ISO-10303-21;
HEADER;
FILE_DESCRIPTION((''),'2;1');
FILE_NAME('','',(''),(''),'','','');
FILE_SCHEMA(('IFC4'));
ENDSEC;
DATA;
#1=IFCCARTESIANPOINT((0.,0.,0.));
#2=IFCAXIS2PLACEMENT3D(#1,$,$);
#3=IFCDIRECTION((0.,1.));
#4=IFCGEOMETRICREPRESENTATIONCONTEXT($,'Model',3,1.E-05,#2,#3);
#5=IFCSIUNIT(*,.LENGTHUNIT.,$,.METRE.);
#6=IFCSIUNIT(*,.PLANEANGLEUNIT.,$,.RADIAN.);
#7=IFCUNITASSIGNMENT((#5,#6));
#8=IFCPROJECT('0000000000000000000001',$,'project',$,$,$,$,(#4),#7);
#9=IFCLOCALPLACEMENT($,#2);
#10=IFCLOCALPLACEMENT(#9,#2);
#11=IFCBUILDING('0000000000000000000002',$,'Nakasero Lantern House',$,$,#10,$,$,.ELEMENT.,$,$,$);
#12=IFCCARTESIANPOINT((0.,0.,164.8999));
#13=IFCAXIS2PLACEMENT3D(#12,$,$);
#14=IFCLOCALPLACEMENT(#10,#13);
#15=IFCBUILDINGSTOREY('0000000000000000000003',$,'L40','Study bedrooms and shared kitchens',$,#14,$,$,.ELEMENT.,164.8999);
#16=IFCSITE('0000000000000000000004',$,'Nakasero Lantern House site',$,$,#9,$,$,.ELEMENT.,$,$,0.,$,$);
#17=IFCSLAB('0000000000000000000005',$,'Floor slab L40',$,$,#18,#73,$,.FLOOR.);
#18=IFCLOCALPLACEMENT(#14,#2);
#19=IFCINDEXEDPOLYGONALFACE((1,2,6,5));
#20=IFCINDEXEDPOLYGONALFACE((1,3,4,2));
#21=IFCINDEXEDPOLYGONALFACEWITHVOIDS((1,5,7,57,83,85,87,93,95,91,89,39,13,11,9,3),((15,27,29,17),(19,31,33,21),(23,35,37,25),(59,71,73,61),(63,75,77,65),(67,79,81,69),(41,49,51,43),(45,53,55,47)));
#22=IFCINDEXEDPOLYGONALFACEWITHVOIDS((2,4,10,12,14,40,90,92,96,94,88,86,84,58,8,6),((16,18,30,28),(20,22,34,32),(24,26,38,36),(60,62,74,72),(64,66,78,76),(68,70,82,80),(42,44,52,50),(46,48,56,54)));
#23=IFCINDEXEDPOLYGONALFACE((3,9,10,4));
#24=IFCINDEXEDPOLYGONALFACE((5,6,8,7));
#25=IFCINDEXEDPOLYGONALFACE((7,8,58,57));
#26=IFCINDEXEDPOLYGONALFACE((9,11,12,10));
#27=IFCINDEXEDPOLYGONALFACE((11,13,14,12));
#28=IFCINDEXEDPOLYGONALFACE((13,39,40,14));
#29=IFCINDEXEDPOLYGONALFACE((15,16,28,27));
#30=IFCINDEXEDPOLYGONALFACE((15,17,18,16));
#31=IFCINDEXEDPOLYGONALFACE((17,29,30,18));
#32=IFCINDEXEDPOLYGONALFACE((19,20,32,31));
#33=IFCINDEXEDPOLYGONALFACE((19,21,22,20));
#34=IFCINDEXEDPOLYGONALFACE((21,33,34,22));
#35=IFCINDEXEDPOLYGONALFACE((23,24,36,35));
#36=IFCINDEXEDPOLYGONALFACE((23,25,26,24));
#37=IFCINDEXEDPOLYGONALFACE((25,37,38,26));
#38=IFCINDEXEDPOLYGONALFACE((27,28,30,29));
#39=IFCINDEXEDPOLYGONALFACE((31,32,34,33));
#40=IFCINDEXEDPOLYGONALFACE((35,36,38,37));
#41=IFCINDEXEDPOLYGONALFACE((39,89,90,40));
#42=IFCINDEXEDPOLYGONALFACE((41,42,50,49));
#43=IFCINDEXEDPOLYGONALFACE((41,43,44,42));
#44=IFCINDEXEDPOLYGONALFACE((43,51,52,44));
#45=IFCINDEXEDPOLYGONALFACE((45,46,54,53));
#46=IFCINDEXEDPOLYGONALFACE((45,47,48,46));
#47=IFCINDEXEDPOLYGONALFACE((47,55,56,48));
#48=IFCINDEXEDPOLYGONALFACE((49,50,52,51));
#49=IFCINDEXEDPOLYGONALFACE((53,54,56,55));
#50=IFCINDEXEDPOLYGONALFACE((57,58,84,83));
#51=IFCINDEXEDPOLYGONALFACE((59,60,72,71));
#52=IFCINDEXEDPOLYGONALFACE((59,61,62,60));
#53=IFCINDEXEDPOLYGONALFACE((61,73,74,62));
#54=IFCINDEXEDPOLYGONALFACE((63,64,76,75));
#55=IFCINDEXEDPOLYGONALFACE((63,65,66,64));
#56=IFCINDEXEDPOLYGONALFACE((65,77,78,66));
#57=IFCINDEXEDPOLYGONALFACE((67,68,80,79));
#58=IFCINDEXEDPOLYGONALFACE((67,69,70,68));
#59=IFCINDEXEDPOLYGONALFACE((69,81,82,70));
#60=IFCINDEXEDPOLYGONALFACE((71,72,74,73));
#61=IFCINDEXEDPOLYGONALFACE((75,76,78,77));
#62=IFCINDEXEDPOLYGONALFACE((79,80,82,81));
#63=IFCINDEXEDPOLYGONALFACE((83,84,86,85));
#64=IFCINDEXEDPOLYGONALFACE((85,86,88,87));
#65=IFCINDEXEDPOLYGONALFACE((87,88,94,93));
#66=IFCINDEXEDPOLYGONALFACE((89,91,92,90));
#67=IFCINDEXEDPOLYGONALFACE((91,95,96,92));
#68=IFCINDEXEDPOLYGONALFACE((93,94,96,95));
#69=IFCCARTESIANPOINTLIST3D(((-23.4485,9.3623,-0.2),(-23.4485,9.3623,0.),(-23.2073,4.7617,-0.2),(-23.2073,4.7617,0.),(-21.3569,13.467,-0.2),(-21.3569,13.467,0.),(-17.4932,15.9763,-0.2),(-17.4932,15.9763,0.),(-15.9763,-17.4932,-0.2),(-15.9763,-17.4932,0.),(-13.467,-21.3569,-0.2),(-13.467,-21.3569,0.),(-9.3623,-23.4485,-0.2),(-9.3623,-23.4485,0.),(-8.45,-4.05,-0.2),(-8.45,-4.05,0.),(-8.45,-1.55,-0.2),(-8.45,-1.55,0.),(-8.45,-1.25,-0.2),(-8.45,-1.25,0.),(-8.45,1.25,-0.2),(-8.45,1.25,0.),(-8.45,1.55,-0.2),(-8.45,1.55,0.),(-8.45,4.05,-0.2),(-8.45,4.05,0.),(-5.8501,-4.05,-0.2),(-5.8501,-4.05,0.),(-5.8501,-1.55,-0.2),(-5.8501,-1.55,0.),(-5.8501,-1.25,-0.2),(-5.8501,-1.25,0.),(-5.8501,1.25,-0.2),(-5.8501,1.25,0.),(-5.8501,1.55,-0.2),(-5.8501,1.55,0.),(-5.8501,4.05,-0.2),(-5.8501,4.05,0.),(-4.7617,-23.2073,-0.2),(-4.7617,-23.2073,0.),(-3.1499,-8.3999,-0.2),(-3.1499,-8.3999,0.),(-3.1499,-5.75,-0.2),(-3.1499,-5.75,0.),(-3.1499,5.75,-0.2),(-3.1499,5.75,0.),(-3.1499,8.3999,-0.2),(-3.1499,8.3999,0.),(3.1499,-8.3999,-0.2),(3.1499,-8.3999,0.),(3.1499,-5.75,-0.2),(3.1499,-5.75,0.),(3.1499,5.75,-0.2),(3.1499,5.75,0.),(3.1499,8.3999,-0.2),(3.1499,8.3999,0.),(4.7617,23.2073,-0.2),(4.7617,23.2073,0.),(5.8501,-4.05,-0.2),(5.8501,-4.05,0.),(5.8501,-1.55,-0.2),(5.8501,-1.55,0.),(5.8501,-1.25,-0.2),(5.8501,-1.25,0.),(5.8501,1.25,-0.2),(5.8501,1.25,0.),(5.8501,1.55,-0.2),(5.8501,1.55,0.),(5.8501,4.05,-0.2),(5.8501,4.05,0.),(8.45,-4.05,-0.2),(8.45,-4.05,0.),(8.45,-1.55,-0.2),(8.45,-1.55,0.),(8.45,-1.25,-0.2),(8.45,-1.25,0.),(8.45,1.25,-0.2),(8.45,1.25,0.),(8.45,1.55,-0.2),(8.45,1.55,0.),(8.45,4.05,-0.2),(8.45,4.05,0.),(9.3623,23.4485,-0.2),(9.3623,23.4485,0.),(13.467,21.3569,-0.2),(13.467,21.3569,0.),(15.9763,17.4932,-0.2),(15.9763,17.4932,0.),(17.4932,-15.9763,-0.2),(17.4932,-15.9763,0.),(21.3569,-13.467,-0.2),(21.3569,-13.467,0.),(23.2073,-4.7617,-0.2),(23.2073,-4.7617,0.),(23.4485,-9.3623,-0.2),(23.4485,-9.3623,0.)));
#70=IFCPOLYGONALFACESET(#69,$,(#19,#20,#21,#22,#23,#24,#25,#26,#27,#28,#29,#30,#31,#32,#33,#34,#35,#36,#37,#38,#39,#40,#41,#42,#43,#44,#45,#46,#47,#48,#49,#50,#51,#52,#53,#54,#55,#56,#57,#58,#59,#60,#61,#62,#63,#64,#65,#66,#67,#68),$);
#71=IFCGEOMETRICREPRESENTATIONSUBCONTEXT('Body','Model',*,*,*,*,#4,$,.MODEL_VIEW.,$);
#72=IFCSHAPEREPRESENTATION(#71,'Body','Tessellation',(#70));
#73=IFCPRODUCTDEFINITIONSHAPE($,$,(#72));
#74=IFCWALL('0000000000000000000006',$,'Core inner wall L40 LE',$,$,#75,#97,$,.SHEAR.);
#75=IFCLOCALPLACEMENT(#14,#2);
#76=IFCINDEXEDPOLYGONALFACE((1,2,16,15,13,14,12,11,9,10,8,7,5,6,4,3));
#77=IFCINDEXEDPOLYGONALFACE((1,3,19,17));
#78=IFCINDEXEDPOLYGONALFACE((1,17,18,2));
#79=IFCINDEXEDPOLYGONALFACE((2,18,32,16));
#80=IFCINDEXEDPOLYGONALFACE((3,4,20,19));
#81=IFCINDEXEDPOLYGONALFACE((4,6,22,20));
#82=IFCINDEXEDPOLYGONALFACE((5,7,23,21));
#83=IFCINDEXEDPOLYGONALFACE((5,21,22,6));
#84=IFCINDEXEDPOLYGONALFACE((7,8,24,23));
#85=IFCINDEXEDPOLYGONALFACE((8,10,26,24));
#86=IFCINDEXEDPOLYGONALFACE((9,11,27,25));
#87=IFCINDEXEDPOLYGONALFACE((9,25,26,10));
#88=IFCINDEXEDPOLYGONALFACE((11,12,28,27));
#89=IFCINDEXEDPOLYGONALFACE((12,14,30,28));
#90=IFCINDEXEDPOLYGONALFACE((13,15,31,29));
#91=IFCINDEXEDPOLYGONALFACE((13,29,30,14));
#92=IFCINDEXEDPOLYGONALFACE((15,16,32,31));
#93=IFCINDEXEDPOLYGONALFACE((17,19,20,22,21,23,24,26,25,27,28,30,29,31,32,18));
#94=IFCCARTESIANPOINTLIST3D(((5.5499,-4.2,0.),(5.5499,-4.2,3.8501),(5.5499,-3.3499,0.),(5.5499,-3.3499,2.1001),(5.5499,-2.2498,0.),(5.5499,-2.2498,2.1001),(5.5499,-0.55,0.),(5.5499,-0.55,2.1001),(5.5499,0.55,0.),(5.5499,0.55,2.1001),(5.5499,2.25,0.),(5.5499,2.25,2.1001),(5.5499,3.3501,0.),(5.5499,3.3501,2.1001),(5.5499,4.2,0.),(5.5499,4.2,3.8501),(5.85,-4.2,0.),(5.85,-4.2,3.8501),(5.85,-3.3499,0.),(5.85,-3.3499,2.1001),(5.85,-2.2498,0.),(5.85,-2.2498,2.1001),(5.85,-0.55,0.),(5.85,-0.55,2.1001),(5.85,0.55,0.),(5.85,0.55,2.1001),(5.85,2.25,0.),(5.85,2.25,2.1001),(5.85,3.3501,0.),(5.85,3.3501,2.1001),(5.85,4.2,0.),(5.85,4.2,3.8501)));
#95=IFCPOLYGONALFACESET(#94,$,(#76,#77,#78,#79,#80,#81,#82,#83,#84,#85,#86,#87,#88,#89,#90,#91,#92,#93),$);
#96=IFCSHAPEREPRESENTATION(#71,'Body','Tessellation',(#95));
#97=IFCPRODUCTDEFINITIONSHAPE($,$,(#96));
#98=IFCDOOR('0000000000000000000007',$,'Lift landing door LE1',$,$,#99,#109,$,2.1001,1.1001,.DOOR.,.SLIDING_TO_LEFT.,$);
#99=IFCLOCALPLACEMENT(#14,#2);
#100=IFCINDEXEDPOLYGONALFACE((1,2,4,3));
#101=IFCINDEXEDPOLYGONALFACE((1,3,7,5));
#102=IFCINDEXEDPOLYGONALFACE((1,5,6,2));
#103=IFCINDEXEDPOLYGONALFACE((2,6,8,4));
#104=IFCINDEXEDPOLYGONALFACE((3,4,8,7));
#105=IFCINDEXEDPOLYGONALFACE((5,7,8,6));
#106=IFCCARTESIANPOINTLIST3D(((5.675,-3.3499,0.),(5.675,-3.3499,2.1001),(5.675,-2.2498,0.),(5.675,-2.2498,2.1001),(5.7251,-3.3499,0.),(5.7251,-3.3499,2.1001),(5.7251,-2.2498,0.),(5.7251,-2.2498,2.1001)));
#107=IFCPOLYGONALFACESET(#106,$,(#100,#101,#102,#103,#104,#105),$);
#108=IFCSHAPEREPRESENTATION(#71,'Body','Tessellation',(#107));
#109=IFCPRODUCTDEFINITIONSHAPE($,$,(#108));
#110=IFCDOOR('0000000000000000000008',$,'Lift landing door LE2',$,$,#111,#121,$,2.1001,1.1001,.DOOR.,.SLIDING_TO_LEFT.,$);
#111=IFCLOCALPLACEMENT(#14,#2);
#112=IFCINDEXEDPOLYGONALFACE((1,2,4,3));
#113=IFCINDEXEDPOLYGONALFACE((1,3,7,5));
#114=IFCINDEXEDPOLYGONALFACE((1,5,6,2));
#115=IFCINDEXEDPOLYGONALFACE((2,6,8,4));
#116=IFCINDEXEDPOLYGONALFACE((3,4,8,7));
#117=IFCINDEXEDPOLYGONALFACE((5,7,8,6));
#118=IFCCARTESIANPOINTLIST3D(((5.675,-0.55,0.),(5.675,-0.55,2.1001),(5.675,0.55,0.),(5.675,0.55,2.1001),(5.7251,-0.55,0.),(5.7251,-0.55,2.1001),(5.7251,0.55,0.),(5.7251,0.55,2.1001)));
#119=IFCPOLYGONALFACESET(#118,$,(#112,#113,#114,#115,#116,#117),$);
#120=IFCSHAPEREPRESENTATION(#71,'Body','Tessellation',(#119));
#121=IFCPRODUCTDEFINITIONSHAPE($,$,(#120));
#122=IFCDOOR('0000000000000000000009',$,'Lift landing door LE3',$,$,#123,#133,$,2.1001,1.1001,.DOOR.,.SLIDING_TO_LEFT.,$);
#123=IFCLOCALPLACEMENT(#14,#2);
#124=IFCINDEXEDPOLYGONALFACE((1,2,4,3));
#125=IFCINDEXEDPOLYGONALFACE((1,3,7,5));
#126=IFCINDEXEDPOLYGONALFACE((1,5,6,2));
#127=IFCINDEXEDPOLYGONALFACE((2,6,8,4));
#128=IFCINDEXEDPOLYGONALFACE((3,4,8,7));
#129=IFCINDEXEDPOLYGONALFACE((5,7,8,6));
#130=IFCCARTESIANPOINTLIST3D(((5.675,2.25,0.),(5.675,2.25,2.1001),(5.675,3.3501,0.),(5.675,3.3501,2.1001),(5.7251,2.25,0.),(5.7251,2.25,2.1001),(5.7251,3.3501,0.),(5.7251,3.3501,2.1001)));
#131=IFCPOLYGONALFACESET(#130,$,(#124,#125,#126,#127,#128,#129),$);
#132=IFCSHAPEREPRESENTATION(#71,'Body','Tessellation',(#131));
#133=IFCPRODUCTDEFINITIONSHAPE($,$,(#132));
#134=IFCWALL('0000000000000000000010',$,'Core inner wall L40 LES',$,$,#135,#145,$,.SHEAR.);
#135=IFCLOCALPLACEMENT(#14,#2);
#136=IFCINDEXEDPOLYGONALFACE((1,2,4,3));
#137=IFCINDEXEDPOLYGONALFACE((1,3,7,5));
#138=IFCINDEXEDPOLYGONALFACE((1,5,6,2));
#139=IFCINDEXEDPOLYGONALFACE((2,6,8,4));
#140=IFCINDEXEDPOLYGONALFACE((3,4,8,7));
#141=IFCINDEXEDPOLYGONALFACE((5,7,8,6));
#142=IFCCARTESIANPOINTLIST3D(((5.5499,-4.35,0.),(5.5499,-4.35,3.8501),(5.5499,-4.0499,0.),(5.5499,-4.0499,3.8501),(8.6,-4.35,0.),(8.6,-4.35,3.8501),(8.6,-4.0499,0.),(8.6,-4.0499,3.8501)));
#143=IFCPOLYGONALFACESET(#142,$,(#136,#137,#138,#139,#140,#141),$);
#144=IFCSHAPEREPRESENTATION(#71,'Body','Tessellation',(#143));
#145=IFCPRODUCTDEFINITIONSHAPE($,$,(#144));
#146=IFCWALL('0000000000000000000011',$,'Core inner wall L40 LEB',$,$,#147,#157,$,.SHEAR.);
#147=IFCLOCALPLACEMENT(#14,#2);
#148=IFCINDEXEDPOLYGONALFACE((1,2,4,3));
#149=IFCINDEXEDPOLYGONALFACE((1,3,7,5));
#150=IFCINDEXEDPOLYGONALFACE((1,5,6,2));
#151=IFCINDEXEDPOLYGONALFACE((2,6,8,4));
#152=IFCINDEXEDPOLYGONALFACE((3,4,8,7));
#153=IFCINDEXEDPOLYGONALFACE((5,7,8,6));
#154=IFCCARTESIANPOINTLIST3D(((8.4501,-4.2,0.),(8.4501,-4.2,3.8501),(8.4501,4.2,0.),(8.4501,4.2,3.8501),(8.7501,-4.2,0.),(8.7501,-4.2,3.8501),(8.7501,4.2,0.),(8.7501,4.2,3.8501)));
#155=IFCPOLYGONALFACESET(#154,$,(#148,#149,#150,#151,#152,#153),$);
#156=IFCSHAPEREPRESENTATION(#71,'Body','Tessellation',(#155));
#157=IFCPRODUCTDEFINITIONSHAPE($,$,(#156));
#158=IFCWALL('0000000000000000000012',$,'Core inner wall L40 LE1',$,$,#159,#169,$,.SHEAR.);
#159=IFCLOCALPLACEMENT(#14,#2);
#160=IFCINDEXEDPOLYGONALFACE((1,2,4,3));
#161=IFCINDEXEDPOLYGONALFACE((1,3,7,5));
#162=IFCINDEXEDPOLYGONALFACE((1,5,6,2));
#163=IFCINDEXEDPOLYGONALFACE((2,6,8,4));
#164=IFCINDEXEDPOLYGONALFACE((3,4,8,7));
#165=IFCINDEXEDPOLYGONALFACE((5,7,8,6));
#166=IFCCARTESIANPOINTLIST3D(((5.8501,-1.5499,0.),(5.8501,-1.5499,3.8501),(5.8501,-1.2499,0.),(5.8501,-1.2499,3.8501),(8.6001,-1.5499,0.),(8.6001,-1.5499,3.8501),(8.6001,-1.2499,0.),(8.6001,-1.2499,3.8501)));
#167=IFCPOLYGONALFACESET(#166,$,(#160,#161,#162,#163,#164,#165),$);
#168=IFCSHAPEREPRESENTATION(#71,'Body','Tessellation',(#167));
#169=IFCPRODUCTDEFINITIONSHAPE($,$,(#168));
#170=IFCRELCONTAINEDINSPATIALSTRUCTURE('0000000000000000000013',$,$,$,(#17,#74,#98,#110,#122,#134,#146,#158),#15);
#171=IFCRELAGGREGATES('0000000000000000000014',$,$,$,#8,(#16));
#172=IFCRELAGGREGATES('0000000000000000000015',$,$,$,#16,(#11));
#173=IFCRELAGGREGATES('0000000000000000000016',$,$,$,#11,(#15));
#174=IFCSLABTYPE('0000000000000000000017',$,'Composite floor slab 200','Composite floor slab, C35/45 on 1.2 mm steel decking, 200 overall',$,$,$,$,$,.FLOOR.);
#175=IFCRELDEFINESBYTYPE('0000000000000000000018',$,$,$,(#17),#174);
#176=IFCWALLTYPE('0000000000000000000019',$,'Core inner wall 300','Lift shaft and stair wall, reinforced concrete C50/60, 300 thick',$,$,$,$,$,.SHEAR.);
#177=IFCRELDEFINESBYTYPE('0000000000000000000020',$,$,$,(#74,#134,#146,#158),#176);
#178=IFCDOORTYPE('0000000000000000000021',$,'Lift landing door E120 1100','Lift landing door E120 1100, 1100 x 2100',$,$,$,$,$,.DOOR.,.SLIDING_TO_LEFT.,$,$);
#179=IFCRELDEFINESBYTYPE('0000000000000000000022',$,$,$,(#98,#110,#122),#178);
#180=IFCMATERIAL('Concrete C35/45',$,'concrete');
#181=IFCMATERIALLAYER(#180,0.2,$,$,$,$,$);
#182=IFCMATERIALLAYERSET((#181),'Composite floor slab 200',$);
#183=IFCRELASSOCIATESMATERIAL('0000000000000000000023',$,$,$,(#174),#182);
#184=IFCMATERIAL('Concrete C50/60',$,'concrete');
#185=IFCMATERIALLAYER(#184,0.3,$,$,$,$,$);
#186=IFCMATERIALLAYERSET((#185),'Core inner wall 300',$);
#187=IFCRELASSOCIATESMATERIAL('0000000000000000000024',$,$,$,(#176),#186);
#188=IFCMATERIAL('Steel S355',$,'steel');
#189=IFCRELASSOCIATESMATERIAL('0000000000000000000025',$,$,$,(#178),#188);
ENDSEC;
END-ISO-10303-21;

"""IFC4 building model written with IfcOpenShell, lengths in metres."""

from ifc_helpers import new_model, si_unit, direction, frame, frame_2d, origin, place, context, subcontext, project, spatial, polyline, rectangle, outline, extrude, material, layer, layer_set, type_object, element, fill, save


model = new_model("IFC4")

# Units and contexts
model_context = context("Model", 3, precision=1e-05, world=origin(), true_north=direction((0.0, 1.0)))
body_context = subcontext(model_context, "Body", "Model", "MODEL_VIEW")
ifc_project = project(units=[si_unit("LENGTHUNIT", "METRE"), si_unit("PLANEANGLEUNIT", "RADIAN")], contexts=[model_context])

# Site, building, storey
site_placement = place(None, origin())
site = spatial("IfcSite", under=ifc_project, at=site_placement, Name="Nakasero Lantern House site", CompositionType="ELEMENT", RefElevation=0.0)
building_placement = place(site_placement, origin())
building = spatial("IfcBuilding", under=site, at=building_placement, Name="Nakasero Lantern House", CompositionType="ELEMENT")
storey_placement = place(building_placement, frame((0.0, 0.0, 164.8999)))
storey = spatial("IfcBuildingStorey", under=building, at=storey_placement, Name="L40", Description="Study bedrooms and shared kitchens", CompositionType="ELEMENT", Elevation=164.8999)

# Slab
ifc_material_1 = material(Name="Concrete C35/45", Category="concrete")
ifc_layer_1 = layer(ifc_material_1, 0.2)
ifc_layer_set_1 = layer_set([ifc_layer_1], Name="Composite floor slab 200")
slab_type_1 = type_object("IfcSlabType", Name="Composite floor slab 200", Description="Composite floor slab, C35/45 on 1.2 mm steel decking, 200 overall", PredefinedType="FLOOR", material=ifc_layer_set_1)
slab_1_placement = place(storey_placement, frame((0.0, 0.0, -0.2)))
element("IfcSlab", 1, at=slab_1_placement, inside=storey, type_object=slab_type_1, Name="Floor slab L40", PredefinedType="FLOOR", context=body_context, shape_type="SweptSolid", body=[
    extrude(outline(polyline([(15.9763, 17.4932), (13.467, 21.3569), (9.3623, 23.4485), (4.7617, 23.2073), (-17.4932, 15.9763), (-21.3569, 13.467), (-23.4485, 9.3623), (-23.2073, 4.7617), (-15.9763, -17.4932), (-13.467, -21.3569), (-9.3623, -23.4485), (-4.7617, -23.2073), (17.4932, -15.9763), (21.3569, -13.467), (23.4485, -9.3623), (23.2073, -4.7617), (15.9763, 17.4932)]), holes=[polyline([(-8.45, -4.05), (-5.8501, -4.05), (-5.8501, -1.55), (-8.45, -1.55), (-8.45, -4.05)]), polyline([(-8.45, -1.25), (-5.8501, -1.25), (-5.8501, 1.25), (-8.45, 1.25), (-8.45, -1.25)]), polyline([(-8.45, 1.55), (-5.8501, 1.55), (-5.8501, 4.05), (-8.45, 4.05), (-8.45, 1.55)]), polyline([(5.8501, -4.05), (8.45, -4.05), (8.45, -1.55), (5.8501, -1.55), (5.8501, -4.05)]), polyline([(5.8501, -1.25), (8.45, -1.25), (8.45, 1.25), (5.8501, 1.25), (5.8501, -1.25)]), polyline([(5.8501, 1.55), (8.45, 1.55), (8.45, 4.05), (5.8501, 4.05), (5.8501, 1.55)]), polyline([(-3.1499, 5.75), (3.1499, 5.75), (3.1499, 8.3999), (-3.1499, 8.3999), (-3.1499, 5.75)]), polyline([(-3.1499, -8.3999), (3.1499, -8.3999), (3.1499, -5.75), (-3.1499, -5.75), (-3.1499, -8.3999)])]), origin(), (0.0, 0.0, 1.0), 0.2),
])

# Wall, openings, doors
ifc_material_2 = material(Name="Concrete C50/60", Category="concrete")
ifc_layer_2 = layer(ifc_material_2, 0.3)
ifc_layer_set_2 = layer_set([ifc_layer_2], Name="Core inner wall 300")
wall_type_1 = type_object("IfcWallType", Name="Core inner wall 300", Description="Lift shaft and stair wall, reinforced concrete C50/60, 300 thick", PredefinedType="SHEAR", material=ifc_layer_set_2)
wall_1_placement = place(storey_placement, frame((5.7, -4.2, 0.0), z_axis=(0.0, 0.0, 1.0), x_axis=(0.0, 1.0, 0.0)))
wall_1 = element("IfcWall", 2, at=wall_1_placement, inside=storey, type_object=wall_type_1, Name="Core inner wall L40 LE", PredefinedType="SHEAR", context=body_context, shape_type="SweptSolid", body=[
    extrude(rectangle(XDim=8.3999, YDim=0.3, at=frame_2d((4.2, 0.0))), origin(), (0.0, 0.0, 1.0), 3.8501),
])
opening_1_placement = place(wall_1_placement, frame((0.8501, 0.0, 0.0)))
opening_1 = element("IfcOpeningElement", 3, at=opening_1_placement, cuts=wall_1, PredefinedType="OPENING", context=body_context, shape_type="SweptSolid", body=[
    extrude(rectangle(XDim=1.1001, YDim=2.1001, at=frame_2d((0.55, 1.05))), frame((0.0, 0.1699, 0.0), z_axis=(0.0, -1.0, 0.0), x_axis=(1.0, 0.0, 0.0)), (0.0, 0.0, 1.0), 0.3401),
])
opening_2_placement = place(wall_1_placement, frame((3.6499, 0.0, 0.0)))
opening_2 = element("IfcOpeningElement", 4, at=opening_2_placement, cuts=wall_1, PredefinedType="OPENING", context=body_context, shape_type="SweptSolid", body=[
    extrude(rectangle(XDim=1.1001, YDim=2.1001, at=frame_2d((0.55, 1.05))), frame((0.0, 0.1699, 0.0), z_axis=(0.0, -1.0, 0.0), x_axis=(1.0, 0.0, 0.0)), (0.0, 0.0, 1.0), 0.3401),
])
opening_3_placement = place(wall_1_placement, frame((6.45, 0.0, 0.0)))
opening_3 = element("IfcOpeningElement", 5, at=opening_3_placement, cuts=wall_1, PredefinedType="OPENING", context=body_context, shape_type="SweptSolid", body=[
    extrude(rectangle(XDim=1.1001, YDim=2.1001, at=frame_2d((0.55, 1.05))), frame((0.0, 0.1699, 0.0), z_axis=(0.0, -1.0, 0.0), x_axis=(1.0, 0.0, 0.0)), (0.0, 0.0, 1.0), 0.3401),
])
ifc_material_3 = material(Name="Steel S355", Category="steel")
door_type_1 = type_object("IfcDoorType", Name="Lift landing door E120 1100", Description="Lift landing door E120 1100, 1100 x 2100", OperationType="SLIDING_TO_LEFT", PredefinedType="DOOR", material=ifc_material_3)
door_1_placement = place(opening_1_placement, origin())
door_1 = element("IfcDoor", 6, at=door_1_placement, inside=storey, type_object=door_type_1, Name="Lift landing door LE1", OperationType="SLIDING_TO_LEFT", OverallHeight=2.1001, OverallWidth=1.1001, PredefinedType="DOOR", context=body_context, shape_type="SweptSolid", body=[
    extrude(rectangle(XDim=1.1001, YDim=2.1001, at=frame_2d((0.55, 1.05))), frame((0.0, 0.0249, 0.0), z_axis=(0.0, -1.0, 0.0), x_axis=(1.0, 0.0, 0.0)), (0.0, 0.0, 1.0), 0.05),
])
fill(opening_1, door_1)
door_2_placement = place(opening_2_placement, origin())
door_2 = element("IfcDoor", 7, at=door_2_placement, inside=storey, type_object=door_type_1, Name="Lift landing door LE2", OperationType="SLIDING_TO_LEFT", OverallHeight=2.1001, OverallWidth=1.1001, PredefinedType="DOOR", context=body_context, shape_type="SweptSolid", body=[
    extrude(rectangle(XDim=1.1001, YDim=2.1001, at=frame_2d((0.55, 1.05))), frame((0.0, 0.0249, 0.0), z_axis=(0.0, -1.0, 0.0), x_axis=(1.0, 0.0, 0.0)), (0.0, 0.0, 1.0), 0.05),
])
fill(opening_2, door_2)
door_3_placement = place(opening_3_placement, origin())
door_3 = element("IfcDoor", 8, at=door_3_placement, inside=storey, type_object=door_type_1, Name="Lift landing door LE3", OperationType="SLIDING_TO_LEFT", OverallHeight=2.1001, OverallWidth=1.1001, PredefinedType="DOOR", context=body_context, shape_type="SweptSolid", body=[
    extrude(rectangle(XDim=1.1001, YDim=2.1001, at=frame_2d((0.55, 1.05))), frame((0.0, 0.0249, 0.0), z_axis=(0.0, -1.0, 0.0), x_axis=(1.0, 0.0, 0.0)), (0.0, 0.0, 1.0), 0.05),
])
fill(opening_3, door_3)

# Walls
wall_2_placement = place(storey_placement, frame((5.55, -4.2, 0.0), z_axis=(0.0, 0.0, 1.0), x_axis=(1.0, 0.0, 0.0)))
element("IfcWall", 9, at=wall_2_placement, inside=storey, type_object=wall_type_1, Name="Core inner wall L40 LES", PredefinedType="SHEAR", context=body_context, shape_type="SweptSolid", body=[
    extrude(rectangle(XDim=3.05, YDim=0.3, at=frame_2d((1.5249, 0.0))), origin(), (0.0, 0.0, 1.0), 3.8501),
])
wall_3_placement = place(storey_placement, frame((8.6001, -4.2, 0.0), z_axis=(0.0, 0.0, 1.0), x_axis=(0.0, 1.0, 0.0)))
element("IfcWall", 10, at=wall_3_placement, inside=storey, type_object=wall_type_1, Name="Core inner wall L40 LEB", PredefinedType="SHEAR", context=body_context, shape_type="SweptSolid", body=[
    extrude(rectangle(XDim=8.3999, YDim=0.3, at=frame_2d((4.2, 0.0))), origin(), (0.0, 0.0, 1.0), 3.8501),
])
wall_4_placement = place(storey_placement, frame((5.8501, -1.3999, 0.0), z_axis=(0.0, 0.0, 1.0), x_axis=(1.0, 0.0, 0.0)))
element("IfcWall", 11, at=wall_4_placement, inside=storey, type_object=wall_type_1, Name="Core inner wall L40 LE1", PredefinedType="SHEAR", context=body_context, shape_type="SweptSolid", body=[
    extrude(rectangle(XDim=2.75, YDim=0.3, at=frame_2d((1.375, 0.0))), origin(), (0.0, 0.0, 1.0), 3.8501),
])

save(model, "model.ifc")
